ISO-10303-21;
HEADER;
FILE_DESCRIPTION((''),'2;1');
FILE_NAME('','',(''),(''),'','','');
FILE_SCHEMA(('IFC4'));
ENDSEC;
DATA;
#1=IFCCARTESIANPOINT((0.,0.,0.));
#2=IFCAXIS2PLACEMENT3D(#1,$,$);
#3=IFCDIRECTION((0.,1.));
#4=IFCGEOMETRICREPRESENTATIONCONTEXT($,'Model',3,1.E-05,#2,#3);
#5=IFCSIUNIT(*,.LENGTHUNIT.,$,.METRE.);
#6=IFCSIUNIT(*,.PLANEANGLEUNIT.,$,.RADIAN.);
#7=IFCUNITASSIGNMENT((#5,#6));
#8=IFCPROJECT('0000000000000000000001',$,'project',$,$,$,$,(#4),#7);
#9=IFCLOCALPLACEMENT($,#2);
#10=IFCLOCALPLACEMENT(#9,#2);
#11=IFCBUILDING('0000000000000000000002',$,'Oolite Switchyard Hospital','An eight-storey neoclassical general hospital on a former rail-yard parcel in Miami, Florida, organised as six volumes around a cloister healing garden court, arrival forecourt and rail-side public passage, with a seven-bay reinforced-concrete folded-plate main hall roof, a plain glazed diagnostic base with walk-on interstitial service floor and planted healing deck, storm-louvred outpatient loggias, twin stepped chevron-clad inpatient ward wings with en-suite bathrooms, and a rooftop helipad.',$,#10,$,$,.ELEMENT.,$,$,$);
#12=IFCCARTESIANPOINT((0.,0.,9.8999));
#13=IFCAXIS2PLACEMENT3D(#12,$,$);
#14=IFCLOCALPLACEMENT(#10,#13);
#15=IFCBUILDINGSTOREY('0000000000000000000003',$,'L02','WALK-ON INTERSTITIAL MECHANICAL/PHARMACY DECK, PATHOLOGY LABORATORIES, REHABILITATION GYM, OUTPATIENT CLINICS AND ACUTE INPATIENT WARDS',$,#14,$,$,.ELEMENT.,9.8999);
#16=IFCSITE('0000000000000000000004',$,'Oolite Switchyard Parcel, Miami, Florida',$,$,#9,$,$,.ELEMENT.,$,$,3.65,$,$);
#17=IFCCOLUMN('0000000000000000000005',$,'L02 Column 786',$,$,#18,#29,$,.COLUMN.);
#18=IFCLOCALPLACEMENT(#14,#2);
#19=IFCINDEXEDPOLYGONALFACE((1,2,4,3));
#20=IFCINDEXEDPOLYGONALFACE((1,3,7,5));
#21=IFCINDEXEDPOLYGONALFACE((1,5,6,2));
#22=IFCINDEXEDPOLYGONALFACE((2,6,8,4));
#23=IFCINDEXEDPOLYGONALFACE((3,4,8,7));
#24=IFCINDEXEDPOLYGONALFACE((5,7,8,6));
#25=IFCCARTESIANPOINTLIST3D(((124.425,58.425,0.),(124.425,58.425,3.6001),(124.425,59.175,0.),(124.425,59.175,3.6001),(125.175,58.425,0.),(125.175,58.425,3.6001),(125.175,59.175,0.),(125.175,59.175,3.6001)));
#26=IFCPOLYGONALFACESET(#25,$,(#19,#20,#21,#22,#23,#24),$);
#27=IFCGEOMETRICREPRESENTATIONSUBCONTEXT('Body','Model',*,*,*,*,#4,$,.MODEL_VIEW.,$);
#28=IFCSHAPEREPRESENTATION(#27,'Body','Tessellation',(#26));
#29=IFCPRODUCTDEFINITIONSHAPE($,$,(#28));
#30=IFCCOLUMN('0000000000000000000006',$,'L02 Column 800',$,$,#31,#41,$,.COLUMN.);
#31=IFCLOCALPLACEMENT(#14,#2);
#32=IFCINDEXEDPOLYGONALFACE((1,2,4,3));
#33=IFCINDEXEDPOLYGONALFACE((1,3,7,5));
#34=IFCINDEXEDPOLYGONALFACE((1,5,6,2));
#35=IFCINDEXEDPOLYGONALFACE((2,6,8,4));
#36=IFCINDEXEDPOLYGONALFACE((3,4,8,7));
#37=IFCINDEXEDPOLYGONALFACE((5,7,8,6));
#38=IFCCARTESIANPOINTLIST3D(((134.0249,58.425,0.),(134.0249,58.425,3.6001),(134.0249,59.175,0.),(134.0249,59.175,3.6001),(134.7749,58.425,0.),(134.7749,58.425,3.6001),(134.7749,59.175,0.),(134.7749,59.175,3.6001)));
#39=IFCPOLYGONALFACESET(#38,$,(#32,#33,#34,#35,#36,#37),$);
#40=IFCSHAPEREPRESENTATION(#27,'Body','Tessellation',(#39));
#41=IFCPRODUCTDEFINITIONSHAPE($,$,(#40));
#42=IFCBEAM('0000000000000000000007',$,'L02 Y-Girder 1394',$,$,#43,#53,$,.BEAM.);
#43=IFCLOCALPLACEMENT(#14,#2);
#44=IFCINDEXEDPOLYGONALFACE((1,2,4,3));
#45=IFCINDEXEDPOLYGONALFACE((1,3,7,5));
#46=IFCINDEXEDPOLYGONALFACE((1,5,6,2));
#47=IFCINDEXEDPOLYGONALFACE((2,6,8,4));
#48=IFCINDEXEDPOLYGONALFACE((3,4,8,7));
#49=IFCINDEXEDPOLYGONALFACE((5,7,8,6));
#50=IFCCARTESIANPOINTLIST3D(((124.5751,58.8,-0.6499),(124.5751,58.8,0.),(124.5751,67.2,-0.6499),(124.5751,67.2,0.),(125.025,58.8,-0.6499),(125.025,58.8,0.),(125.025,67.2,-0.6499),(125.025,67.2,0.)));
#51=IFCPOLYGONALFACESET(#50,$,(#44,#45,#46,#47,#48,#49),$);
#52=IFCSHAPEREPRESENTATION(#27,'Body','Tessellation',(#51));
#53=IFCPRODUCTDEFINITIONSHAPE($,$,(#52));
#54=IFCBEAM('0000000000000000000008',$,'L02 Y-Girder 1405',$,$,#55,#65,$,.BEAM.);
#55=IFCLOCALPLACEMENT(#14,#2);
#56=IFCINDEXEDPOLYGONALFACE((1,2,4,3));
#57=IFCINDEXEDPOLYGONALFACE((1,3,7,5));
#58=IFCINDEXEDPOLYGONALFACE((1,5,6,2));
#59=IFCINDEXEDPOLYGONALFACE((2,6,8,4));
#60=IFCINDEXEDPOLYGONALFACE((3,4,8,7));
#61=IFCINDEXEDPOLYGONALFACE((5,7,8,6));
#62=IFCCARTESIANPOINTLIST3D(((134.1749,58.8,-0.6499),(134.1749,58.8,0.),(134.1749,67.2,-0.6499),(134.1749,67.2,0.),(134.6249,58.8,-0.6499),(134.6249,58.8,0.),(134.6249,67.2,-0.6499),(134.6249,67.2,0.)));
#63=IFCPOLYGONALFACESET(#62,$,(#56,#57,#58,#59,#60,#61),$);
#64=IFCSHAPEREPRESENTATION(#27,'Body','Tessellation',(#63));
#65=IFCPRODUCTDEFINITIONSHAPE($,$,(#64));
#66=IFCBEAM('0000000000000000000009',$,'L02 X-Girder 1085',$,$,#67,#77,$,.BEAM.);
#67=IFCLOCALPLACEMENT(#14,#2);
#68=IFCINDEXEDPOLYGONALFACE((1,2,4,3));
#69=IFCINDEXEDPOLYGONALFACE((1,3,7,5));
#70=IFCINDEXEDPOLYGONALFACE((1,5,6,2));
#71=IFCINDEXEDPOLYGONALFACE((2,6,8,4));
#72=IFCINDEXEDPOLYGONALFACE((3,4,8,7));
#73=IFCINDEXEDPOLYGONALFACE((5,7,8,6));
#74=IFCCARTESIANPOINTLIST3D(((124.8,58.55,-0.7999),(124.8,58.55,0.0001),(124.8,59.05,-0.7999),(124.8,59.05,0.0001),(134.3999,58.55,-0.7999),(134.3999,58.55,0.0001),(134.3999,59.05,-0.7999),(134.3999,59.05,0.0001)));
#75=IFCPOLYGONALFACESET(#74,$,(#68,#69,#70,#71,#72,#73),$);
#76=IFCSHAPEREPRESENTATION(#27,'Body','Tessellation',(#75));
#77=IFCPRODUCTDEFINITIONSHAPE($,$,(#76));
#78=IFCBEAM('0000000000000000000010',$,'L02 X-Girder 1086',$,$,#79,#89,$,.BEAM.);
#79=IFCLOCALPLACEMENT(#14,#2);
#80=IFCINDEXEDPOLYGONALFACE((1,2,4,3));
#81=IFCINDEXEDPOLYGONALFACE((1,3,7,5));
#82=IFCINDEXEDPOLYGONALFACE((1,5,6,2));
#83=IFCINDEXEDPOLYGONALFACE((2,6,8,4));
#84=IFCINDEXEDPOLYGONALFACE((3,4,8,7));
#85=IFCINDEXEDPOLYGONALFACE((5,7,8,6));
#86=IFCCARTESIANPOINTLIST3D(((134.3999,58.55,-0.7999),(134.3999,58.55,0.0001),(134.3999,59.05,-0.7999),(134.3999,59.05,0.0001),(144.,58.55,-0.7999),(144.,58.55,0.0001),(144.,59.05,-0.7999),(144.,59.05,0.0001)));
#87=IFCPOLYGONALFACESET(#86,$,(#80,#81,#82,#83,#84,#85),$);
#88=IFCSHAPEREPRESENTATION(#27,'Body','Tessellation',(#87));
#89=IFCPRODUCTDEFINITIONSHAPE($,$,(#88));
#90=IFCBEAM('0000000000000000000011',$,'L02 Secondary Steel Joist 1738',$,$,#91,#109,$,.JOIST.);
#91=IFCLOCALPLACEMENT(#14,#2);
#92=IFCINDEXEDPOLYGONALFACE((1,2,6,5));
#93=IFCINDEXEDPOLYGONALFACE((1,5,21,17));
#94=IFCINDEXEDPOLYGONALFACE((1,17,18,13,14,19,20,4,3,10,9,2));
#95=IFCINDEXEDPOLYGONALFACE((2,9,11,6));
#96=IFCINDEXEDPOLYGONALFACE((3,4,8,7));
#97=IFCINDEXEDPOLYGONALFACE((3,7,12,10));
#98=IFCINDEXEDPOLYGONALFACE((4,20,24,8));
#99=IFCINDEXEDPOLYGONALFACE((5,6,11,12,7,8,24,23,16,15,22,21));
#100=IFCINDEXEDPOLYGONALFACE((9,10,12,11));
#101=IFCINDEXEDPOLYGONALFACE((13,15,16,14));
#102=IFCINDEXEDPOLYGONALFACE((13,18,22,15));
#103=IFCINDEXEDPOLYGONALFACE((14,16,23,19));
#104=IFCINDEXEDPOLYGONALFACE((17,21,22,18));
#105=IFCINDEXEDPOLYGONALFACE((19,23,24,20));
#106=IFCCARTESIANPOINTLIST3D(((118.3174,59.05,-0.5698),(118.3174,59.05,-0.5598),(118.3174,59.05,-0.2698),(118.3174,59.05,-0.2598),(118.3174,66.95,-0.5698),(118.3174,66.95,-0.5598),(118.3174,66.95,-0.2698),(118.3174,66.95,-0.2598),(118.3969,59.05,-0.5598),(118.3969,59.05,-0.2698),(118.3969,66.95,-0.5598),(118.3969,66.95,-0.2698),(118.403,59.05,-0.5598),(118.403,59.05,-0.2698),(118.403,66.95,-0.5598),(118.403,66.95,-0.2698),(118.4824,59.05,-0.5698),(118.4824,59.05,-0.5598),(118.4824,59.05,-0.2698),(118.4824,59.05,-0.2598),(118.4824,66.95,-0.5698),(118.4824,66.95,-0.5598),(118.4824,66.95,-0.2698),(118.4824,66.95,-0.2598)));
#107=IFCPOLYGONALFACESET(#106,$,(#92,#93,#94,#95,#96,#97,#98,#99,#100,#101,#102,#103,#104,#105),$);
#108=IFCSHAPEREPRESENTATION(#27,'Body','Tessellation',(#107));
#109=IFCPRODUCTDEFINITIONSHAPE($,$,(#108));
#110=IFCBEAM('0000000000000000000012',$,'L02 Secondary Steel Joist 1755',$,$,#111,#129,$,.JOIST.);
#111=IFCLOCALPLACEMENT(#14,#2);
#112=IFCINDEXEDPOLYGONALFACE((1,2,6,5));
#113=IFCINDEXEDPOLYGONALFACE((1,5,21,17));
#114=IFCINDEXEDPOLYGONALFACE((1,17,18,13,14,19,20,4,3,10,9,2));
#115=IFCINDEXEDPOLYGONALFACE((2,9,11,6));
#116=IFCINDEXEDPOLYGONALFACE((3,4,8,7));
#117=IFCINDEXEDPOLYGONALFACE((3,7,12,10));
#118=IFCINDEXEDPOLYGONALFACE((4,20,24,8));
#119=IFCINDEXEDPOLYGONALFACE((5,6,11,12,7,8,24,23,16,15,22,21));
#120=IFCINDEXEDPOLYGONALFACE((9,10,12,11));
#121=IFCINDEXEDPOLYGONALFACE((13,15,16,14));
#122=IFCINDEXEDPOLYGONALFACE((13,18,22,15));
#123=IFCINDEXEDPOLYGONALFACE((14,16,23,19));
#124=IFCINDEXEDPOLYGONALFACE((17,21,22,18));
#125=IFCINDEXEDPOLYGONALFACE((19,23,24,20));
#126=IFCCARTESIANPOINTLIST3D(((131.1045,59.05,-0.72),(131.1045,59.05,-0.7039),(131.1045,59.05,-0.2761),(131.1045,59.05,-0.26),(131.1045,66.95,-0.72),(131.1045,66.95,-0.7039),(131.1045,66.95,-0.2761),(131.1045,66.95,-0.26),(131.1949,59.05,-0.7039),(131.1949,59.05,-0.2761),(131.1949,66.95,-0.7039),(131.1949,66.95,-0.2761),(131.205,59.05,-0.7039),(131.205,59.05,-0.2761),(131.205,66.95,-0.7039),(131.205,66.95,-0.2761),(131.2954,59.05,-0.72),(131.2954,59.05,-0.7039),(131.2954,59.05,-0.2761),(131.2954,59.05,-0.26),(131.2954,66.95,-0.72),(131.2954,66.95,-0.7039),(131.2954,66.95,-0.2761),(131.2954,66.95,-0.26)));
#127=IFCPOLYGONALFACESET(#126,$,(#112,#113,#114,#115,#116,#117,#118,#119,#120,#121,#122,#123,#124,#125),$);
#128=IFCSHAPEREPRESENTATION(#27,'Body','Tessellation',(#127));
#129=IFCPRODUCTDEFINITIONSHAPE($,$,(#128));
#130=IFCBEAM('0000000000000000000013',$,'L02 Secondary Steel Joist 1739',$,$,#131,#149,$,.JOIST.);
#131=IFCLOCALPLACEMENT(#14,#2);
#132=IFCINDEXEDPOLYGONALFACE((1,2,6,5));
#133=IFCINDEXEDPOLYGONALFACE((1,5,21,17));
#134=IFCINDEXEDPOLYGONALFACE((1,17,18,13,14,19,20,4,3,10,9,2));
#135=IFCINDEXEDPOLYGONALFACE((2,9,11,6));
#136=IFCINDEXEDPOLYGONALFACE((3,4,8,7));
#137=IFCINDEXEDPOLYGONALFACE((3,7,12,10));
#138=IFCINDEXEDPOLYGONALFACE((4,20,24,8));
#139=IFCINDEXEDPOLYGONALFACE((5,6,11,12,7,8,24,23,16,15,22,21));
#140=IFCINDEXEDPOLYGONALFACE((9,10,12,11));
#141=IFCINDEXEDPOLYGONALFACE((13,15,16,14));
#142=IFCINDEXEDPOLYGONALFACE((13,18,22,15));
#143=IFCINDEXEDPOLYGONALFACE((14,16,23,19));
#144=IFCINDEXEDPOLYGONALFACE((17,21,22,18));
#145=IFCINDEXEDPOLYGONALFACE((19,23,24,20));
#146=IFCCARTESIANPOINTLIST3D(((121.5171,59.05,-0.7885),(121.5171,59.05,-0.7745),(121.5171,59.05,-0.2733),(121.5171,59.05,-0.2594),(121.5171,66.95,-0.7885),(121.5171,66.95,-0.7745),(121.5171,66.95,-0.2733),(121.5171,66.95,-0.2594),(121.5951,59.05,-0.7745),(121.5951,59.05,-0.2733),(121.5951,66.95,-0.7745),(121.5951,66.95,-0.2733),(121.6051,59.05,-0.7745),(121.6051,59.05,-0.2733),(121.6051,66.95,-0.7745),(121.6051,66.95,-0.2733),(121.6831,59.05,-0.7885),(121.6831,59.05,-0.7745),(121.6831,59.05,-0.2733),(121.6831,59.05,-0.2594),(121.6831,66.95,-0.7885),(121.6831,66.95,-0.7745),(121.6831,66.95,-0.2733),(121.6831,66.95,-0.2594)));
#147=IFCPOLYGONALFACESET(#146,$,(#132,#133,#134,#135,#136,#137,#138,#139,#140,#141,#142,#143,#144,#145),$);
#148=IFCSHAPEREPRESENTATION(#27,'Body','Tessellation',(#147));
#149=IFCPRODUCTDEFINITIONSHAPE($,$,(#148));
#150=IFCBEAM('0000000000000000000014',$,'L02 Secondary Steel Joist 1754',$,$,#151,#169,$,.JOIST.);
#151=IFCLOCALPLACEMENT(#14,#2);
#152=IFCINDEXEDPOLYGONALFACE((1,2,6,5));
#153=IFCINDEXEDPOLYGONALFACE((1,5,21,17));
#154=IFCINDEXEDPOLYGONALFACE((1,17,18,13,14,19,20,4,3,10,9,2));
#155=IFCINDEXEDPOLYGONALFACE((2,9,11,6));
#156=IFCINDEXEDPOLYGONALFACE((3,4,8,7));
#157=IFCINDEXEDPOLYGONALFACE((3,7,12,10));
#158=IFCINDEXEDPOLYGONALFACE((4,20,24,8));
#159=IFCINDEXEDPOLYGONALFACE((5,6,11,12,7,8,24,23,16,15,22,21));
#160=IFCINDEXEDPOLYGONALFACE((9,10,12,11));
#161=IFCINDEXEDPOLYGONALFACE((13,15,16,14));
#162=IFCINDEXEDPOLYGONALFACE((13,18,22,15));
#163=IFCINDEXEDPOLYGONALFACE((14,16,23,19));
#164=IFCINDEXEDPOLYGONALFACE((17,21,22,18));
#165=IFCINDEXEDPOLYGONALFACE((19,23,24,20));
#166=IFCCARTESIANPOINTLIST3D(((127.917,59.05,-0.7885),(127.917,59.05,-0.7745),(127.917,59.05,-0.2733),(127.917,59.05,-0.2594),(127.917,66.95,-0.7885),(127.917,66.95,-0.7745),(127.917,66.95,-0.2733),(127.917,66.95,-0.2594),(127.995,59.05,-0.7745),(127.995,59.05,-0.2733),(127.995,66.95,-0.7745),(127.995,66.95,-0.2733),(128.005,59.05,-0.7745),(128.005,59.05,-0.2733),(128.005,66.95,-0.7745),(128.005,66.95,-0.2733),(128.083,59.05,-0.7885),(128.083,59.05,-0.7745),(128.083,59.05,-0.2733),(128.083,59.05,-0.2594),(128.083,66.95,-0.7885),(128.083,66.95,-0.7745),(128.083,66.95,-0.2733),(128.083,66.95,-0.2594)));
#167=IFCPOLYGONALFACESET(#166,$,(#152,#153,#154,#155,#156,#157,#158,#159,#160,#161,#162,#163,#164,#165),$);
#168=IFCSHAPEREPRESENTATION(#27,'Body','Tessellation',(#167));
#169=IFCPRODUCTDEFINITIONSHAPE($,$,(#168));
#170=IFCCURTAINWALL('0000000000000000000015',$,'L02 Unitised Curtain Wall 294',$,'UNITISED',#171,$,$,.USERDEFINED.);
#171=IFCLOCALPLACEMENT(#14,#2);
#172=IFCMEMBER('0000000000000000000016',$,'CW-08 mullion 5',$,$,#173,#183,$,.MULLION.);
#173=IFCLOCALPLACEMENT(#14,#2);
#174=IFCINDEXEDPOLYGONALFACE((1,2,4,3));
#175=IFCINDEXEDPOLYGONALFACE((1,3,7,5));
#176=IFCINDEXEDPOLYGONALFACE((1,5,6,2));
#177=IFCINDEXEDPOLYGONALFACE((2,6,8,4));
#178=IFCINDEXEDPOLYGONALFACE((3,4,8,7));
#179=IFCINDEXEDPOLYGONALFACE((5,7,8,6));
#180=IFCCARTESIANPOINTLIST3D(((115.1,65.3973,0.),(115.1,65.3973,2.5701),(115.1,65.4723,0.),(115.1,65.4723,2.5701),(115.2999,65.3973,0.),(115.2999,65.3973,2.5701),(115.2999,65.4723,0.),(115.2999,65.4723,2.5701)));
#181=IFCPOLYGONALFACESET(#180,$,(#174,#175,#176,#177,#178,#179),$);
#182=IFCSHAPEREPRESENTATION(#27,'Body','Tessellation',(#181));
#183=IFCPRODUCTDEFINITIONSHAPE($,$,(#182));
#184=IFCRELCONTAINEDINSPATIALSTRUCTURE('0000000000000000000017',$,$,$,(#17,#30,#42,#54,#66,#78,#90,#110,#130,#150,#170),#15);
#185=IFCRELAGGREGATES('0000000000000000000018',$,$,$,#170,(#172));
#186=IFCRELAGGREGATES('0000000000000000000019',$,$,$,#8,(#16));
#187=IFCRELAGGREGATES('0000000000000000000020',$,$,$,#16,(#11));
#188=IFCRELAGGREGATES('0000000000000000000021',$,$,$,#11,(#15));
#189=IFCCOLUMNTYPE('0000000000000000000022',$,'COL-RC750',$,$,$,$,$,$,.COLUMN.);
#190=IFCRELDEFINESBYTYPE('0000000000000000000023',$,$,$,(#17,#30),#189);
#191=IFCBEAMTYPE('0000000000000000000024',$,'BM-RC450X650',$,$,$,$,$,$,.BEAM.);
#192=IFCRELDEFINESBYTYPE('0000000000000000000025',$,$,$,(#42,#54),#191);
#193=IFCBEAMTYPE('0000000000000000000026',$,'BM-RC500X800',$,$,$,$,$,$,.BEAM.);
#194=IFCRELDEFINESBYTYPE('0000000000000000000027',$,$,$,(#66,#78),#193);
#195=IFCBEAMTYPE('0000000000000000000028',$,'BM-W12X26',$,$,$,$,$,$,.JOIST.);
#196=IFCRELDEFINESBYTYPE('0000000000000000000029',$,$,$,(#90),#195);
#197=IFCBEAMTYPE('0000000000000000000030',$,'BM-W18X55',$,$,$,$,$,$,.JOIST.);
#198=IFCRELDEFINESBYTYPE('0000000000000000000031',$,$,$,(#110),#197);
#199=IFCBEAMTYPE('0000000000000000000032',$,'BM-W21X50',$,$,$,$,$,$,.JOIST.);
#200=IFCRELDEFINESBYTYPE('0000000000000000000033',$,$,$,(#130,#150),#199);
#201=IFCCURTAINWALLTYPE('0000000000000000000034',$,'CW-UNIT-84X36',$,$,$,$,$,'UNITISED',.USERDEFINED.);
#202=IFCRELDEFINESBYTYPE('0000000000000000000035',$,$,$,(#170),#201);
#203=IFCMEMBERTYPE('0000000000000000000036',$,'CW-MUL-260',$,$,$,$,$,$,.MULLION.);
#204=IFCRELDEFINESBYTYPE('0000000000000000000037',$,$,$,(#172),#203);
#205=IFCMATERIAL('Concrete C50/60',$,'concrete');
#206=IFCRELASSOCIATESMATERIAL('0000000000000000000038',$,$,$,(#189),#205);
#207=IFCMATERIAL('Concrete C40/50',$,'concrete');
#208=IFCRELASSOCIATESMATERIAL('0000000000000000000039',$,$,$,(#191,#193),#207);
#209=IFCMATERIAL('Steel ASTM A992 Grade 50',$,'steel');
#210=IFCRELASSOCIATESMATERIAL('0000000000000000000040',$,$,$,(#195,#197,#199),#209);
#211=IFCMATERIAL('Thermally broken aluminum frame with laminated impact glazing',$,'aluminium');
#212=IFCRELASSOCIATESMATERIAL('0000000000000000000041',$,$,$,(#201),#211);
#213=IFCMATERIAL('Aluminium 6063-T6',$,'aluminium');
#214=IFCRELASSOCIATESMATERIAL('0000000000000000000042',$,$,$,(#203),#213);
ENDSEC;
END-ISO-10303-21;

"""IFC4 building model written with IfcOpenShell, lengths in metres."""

from ifc_helpers import new_model, si_unit, direction, frame, origin, origin_2d, place, context, subcontext, project, spatial, rectangle, i_section, extrude, material, material_profile, profile_set, type_object, element, aggregate, save


model = new_model("IFC4")

# Units and contexts
model_context = context("Model", 3, precision=1e-05, world=origin(), true_north=direction((0.0, 1.0)))
body_context = subcontext(model_context, "Body", "Model", "MODEL_VIEW")
ifc_project = project(units=[si_unit("LENGTHUNIT", "METRE"), si_unit("PLANEANGLEUNIT", "RADIAN")], contexts=[model_context])

# Site, building, storey
site_placement = place(None, origin())
site = spatial("IfcSite", under=ifc_project, at=site_placement, Name="Oolite Switchyard Parcel, Miami, Florida", CompositionType="ELEMENT", RefElevation=3.65)
building_placement = place(site_placement, origin())
building = spatial("IfcBuilding", under=site, at=building_placement, Name="Oolite Switchyard Hospital", Description="An eight-storey neoclassical general hospital on a former rail-yard parcel in Miami, Florida, organised as six volumes around a cloister healing garden court, arrival forecourt and rail-side public passage, with a seven-bay reinforced-concrete folded-plate main hall roof, a plain glazed diagnostic base with walk-on interstitial service floor and planted healing deck, storm-louvred outpatient loggias, twin stepped chevron-clad inpatient ward wings with en-suite bathrooms, and a rooftop helipad.", CompositionType="ELEMENT")
storey_placement = place(building_placement, frame((0.0, 0.0, 9.8999)))
storey = spatial("IfcBuildingStorey", under=building, at=storey_placement, Name="L02", Description="WALK-ON INTERSTITIAL MECHANICAL/PHARMACY DECK, PATHOLOGY LABORATORIES, REHABILITATION GYM, OUTPATIENT CLINICS AND ACUTE INPATIENT WARDS", CompositionType="ELEMENT", Elevation=9.8999)

# Columns
ifc_material_1 = material(Name="Concrete C50/60", Category="concrete")
ifc_material_profile_1 = material_profile(ifc_material_1, rectangle(XDim=0.75, YDim=0.75, at=origin_2d()), Name="RC750X750")
ifc_profile_set_1 = profile_set([ifc_material_profile_1], Name="Concrete C50/60")
column_type = type_object("IfcColumnType", Name="COL-RC750", PredefinedType="COLUMN", material=ifc_profile_set_1)
for number, where, z_axis, x_axis, name in (
    (1, (124.8, 58.8, 0.0), (0.0, 0.0, 1.0), (1.0, 0.0, 0.0), "L02 Column 786"),
    (2, (134.3999, 58.8, 0.0), (0.0, 0.0, 1.0), (1.0, 0.0, 0.0), "L02 Column 800"),
):
    element("IfcColumn", number, at=place(storey_placement, frame(where, z_axis=z_axis, x_axis=x_axis)), inside=storey, type_object=column_type, Name=name, PredefinedType="COLUMN", context=body_context, shape_type="SweptSolid", body=[
        extrude(rectangle(XDim=0.75, YDim=0.75, at=origin_2d()), origin(), (0.0, 0.0, 1.0), 3.6001),
    ])

# Beams
ifc_material_2 = material(Name="Concrete C40/50", Category="concrete")
ifc_material_profile_2 = material_profile(ifc_material_2, rectangle(XDim=0.45, YDim=0.6499, at=origin_2d()), Name="RCB450X650")
ifc_profile_set_2 = profile_set([ifc_material_profile_2], Name="Concrete C40/50")
beam_type_1 = type_object("IfcBeamType", Name="BM-RC450X650", PredefinedType="BEAM", material=ifc_profile_set_2)
for number, where, z_axis, x_axis, name in (
    (3, (124.8, 58.8, -0.325), (0.0, 1.0, 0.0), (-1.0, 0.0, 0.0), "L02 Y-Girder 1394"),
    (4, (134.3999, 58.8, -0.325), (0.0, 1.0, 0.0), (-1.0, 0.0, 0.0), "L02 Y-Girder 1405"),
):
    element("IfcBeam", number, at=place(storey_placement, frame(where, z_axis=z_axis, x_axis=x_axis)), inside=storey, type_object=beam_type_1, Name=name, PredefinedType="BEAM", context=body_context, shape_type="SweptSolid", body=[
        extrude(rectangle(XDim=0.45, YDim=0.6499, at=origin_2d()), origin(), (0.0, 0.0, 1.0), 8.3999),
    ])
ifc_material_profile_3 = material_profile(ifc_material_2, rectangle(XDim=0.5, YDim=0.8, at=origin_2d()), Name="RCB500X800")
ifc_profile_set_3 = profile_set([ifc_material_profile_3], Name="Concrete C40/50")
beam_type_2 = type_object("IfcBeamType", Name="BM-RC500X800", PredefinedType="BEAM", material=ifc_profile_set_3)
beam_1_placement = place(storey_placement, frame((124.8, 58.8, -0.3999), z_axis=(1.0, 0.0, 0.0), x_axis=(0.0, 1.0, 0.0)))
element("IfcBeam", 5, at=beam_1_placement, inside=storey, type_object=beam_type_2, Name="L02 X-Girder 1085", PredefinedType="BEAM", context=body_context, shape_type="SweptSolid", body=[
    extrude(rectangle(XDim=0.5, YDim=0.8, at=origin_2d()), origin(), (0.0, 0.0, 1.0), 9.5999),
])
beam_2_placement = place(storey_placement, frame((134.3999, 58.8, -0.3999), z_axis=(1.0, 0.0, 0.0), x_axis=(0.0, 1.0, 0.0)))
element("IfcBeam", 6, at=beam_2_placement, inside=storey, type_object=beam_type_2, Name="L02 X-Girder 1086", PredefinedType="BEAM", context=body_context, shape_type="SweptSolid", body=[
    extrude(rectangle(XDim=0.5, YDim=0.8, at=origin_2d()), origin(), (0.0, 0.0, 1.0), 9.6001),
])
ifc_material_3 = material(Name="Steel ASTM A992 Grade 50", Category="steel")
ifc_material_profile_4 = material_profile(ifc_material_3, i_section(OverallWidth=0.165, OverallDepth=0.3101, WebThickness=0.0061, FlangeThickness=0.01, at=origin_2d()), Name="W12X26")
ifc_profile_set_4 = profile_set([ifc_material_profile_4], Name="Steel ASTM A992 Grade 50")
beam_type_3 = type_object("IfcBeamType", Name="BM-W12X26", PredefinedType="JOIST", material=ifc_profile_set_4)
beam_3_placement = place(storey_placement, frame((118.3999, 59.05, -0.4148), z_axis=(0.0, 1.0, 0.0), x_axis=(-1.0, 0.0, 0.0)))
element("IfcBeam", 7, at=beam_3_placement, inside=storey, type_object=beam_type_3, Name="L02 Secondary Steel Joist 1738", PredefinedType="JOIST", context=body_context, shape_type="SweptSolid", body=[
    extrude(i_section(OverallWidth=0.165, OverallDepth=0.3101, WebThickness=0.0061, FlangeThickness=0.01, at=origin_2d()), origin(), (0.0, 0.0, 1.0), 7.8999),
])
ifc_material_profile_5 = material_profile(ifc_material_3, i_section(OverallWidth=0.1909, OverallDepth=0.46, WebThickness=0.01, FlangeThickness=0.0161, at=origin_2d()), Name="W18X55")
ifc_profile_set_5 = profile_set([ifc_material_profile_5], Name="Steel ASTM A992 Grade 50")
beam_type_4 = type_object("IfcBeamType", Name="BM-W18X55", PredefinedType="JOIST", material=ifc_profile_set_5)
beam_4_placement = place(storey_placement, frame((131.2, 59.05, -0.49), z_axis=(0.0, 1.0, 0.0), x_axis=(-1.0, 0.0, 0.0)))
element("IfcBeam", 8, at=beam_4_placement, inside=storey, type_object=beam_type_4, Name="L02 Secondary Steel Joist 1755", PredefinedType="JOIST", context=body_context, shape_type="SweptSolid", body=[
    extrude(i_section(OverallWidth=0.1909, OverallDepth=0.46, WebThickness=0.01, FlangeThickness=0.0161, at=origin_2d()), origin(), (0.0, 0.0, 1.0), 7.8999),
])
ifc_material_profile_6 = material_profile(ifc_material_3, i_section(OverallWidth=0.166, OverallDepth=0.5291, WebThickness=0.01, FlangeThickness=0.0139, at=origin_2d()), Name="W21X50")
ifc_profile_set_6 = profile_set([ifc_material_profile_6], Name="Steel ASTM A992 Grade 50")
beam_type_5 = type_object("IfcBeamType", Name="BM-W21X50", PredefinedType="JOIST", material=ifc_profile_set_6)
for number, where, z_axis, x_axis, name in (
    (9, (121.6001, 59.05, -0.5239), (0.0, 1.0, 0.0), (-1.0, 0.0, 0.0), "L02 Secondary Steel Joist 1739"),
    (10, (128.0, 59.05, -0.5239), (0.0, 1.0, 0.0), (-1.0, 0.0, 0.0), "L02 Secondary Steel Joist 1754"),
):
    element("IfcBeam", number, at=place(storey_placement, frame(where, z_axis=z_axis, x_axis=x_axis)), inside=storey, type_object=beam_type_5, Name=name, PredefinedType="JOIST", context=body_context, shape_type="SweptSolid", body=[
        extrude(i_section(OverallWidth=0.166, OverallDepth=0.5291, WebThickness=0.01, FlangeThickness=0.0139, at=origin_2d()), origin(), (0.0, 0.0, 1.0), 7.8999),
    ])

# Curtain wall, member
ifc_material_4 = material(Name="Thermally broken aluminum frame with laminated impact glazing", Category="aluminium")
curtain_wall_type = type_object("IfcCurtainWallType", Name="CW-UNIT-84X36", ElementType="UNITISED", PredefinedType="USERDEFINED", material=ifc_material_4)
curtain_wall_placement = place(storey_placement, origin())
curtain_wall = element("IfcCurtainWall", 11, at=curtain_wall_placement, inside=storey, type_object=curtain_wall_type, Name="L02 Unitised Curtain Wall 294", ObjectType="UNITISED", PredefinedType="USERDEFINED")
ifc_material_5 = material(Name="Aluminium 6063-T6", Category="aluminium")
ifc_material_profile_7 = material_profile(ifc_material_5, rectangle(XDim=0.2, YDim=0.075, at=origin_2d()), Name="CWM75X200")
ifc_profile_set_7 = profile_set([ifc_material_profile_7], Name="Aluminium 6063-T6")
member_type_1 = type_object("IfcMemberType", Name="CW-MUL-260", PredefinedType="MULLION", material=ifc_profile_set_7)
member_1_placement = place(storey_placement, frame((115.2, 65.4348, 0.0), z_axis=(0.0, 0.0, 1.0), x_axis=(-1.0, 0.0, 0.0)))
member_1 = element("IfcMember", 12, at=member_1_placement, type_object=member_type_1, Name="CW-08 mullion 5", PredefinedType="MULLION", context=body_context, shape_type="SweptSolid", body=[
    extrude(rectangle(XDim=0.2, YDim=0.075, at=origin_2d()), origin(), (0.0, 0.0, 1.0), 2.5701),
])
aggregate(curtain_wall, [member_1])

save(model, "model.ifc")
